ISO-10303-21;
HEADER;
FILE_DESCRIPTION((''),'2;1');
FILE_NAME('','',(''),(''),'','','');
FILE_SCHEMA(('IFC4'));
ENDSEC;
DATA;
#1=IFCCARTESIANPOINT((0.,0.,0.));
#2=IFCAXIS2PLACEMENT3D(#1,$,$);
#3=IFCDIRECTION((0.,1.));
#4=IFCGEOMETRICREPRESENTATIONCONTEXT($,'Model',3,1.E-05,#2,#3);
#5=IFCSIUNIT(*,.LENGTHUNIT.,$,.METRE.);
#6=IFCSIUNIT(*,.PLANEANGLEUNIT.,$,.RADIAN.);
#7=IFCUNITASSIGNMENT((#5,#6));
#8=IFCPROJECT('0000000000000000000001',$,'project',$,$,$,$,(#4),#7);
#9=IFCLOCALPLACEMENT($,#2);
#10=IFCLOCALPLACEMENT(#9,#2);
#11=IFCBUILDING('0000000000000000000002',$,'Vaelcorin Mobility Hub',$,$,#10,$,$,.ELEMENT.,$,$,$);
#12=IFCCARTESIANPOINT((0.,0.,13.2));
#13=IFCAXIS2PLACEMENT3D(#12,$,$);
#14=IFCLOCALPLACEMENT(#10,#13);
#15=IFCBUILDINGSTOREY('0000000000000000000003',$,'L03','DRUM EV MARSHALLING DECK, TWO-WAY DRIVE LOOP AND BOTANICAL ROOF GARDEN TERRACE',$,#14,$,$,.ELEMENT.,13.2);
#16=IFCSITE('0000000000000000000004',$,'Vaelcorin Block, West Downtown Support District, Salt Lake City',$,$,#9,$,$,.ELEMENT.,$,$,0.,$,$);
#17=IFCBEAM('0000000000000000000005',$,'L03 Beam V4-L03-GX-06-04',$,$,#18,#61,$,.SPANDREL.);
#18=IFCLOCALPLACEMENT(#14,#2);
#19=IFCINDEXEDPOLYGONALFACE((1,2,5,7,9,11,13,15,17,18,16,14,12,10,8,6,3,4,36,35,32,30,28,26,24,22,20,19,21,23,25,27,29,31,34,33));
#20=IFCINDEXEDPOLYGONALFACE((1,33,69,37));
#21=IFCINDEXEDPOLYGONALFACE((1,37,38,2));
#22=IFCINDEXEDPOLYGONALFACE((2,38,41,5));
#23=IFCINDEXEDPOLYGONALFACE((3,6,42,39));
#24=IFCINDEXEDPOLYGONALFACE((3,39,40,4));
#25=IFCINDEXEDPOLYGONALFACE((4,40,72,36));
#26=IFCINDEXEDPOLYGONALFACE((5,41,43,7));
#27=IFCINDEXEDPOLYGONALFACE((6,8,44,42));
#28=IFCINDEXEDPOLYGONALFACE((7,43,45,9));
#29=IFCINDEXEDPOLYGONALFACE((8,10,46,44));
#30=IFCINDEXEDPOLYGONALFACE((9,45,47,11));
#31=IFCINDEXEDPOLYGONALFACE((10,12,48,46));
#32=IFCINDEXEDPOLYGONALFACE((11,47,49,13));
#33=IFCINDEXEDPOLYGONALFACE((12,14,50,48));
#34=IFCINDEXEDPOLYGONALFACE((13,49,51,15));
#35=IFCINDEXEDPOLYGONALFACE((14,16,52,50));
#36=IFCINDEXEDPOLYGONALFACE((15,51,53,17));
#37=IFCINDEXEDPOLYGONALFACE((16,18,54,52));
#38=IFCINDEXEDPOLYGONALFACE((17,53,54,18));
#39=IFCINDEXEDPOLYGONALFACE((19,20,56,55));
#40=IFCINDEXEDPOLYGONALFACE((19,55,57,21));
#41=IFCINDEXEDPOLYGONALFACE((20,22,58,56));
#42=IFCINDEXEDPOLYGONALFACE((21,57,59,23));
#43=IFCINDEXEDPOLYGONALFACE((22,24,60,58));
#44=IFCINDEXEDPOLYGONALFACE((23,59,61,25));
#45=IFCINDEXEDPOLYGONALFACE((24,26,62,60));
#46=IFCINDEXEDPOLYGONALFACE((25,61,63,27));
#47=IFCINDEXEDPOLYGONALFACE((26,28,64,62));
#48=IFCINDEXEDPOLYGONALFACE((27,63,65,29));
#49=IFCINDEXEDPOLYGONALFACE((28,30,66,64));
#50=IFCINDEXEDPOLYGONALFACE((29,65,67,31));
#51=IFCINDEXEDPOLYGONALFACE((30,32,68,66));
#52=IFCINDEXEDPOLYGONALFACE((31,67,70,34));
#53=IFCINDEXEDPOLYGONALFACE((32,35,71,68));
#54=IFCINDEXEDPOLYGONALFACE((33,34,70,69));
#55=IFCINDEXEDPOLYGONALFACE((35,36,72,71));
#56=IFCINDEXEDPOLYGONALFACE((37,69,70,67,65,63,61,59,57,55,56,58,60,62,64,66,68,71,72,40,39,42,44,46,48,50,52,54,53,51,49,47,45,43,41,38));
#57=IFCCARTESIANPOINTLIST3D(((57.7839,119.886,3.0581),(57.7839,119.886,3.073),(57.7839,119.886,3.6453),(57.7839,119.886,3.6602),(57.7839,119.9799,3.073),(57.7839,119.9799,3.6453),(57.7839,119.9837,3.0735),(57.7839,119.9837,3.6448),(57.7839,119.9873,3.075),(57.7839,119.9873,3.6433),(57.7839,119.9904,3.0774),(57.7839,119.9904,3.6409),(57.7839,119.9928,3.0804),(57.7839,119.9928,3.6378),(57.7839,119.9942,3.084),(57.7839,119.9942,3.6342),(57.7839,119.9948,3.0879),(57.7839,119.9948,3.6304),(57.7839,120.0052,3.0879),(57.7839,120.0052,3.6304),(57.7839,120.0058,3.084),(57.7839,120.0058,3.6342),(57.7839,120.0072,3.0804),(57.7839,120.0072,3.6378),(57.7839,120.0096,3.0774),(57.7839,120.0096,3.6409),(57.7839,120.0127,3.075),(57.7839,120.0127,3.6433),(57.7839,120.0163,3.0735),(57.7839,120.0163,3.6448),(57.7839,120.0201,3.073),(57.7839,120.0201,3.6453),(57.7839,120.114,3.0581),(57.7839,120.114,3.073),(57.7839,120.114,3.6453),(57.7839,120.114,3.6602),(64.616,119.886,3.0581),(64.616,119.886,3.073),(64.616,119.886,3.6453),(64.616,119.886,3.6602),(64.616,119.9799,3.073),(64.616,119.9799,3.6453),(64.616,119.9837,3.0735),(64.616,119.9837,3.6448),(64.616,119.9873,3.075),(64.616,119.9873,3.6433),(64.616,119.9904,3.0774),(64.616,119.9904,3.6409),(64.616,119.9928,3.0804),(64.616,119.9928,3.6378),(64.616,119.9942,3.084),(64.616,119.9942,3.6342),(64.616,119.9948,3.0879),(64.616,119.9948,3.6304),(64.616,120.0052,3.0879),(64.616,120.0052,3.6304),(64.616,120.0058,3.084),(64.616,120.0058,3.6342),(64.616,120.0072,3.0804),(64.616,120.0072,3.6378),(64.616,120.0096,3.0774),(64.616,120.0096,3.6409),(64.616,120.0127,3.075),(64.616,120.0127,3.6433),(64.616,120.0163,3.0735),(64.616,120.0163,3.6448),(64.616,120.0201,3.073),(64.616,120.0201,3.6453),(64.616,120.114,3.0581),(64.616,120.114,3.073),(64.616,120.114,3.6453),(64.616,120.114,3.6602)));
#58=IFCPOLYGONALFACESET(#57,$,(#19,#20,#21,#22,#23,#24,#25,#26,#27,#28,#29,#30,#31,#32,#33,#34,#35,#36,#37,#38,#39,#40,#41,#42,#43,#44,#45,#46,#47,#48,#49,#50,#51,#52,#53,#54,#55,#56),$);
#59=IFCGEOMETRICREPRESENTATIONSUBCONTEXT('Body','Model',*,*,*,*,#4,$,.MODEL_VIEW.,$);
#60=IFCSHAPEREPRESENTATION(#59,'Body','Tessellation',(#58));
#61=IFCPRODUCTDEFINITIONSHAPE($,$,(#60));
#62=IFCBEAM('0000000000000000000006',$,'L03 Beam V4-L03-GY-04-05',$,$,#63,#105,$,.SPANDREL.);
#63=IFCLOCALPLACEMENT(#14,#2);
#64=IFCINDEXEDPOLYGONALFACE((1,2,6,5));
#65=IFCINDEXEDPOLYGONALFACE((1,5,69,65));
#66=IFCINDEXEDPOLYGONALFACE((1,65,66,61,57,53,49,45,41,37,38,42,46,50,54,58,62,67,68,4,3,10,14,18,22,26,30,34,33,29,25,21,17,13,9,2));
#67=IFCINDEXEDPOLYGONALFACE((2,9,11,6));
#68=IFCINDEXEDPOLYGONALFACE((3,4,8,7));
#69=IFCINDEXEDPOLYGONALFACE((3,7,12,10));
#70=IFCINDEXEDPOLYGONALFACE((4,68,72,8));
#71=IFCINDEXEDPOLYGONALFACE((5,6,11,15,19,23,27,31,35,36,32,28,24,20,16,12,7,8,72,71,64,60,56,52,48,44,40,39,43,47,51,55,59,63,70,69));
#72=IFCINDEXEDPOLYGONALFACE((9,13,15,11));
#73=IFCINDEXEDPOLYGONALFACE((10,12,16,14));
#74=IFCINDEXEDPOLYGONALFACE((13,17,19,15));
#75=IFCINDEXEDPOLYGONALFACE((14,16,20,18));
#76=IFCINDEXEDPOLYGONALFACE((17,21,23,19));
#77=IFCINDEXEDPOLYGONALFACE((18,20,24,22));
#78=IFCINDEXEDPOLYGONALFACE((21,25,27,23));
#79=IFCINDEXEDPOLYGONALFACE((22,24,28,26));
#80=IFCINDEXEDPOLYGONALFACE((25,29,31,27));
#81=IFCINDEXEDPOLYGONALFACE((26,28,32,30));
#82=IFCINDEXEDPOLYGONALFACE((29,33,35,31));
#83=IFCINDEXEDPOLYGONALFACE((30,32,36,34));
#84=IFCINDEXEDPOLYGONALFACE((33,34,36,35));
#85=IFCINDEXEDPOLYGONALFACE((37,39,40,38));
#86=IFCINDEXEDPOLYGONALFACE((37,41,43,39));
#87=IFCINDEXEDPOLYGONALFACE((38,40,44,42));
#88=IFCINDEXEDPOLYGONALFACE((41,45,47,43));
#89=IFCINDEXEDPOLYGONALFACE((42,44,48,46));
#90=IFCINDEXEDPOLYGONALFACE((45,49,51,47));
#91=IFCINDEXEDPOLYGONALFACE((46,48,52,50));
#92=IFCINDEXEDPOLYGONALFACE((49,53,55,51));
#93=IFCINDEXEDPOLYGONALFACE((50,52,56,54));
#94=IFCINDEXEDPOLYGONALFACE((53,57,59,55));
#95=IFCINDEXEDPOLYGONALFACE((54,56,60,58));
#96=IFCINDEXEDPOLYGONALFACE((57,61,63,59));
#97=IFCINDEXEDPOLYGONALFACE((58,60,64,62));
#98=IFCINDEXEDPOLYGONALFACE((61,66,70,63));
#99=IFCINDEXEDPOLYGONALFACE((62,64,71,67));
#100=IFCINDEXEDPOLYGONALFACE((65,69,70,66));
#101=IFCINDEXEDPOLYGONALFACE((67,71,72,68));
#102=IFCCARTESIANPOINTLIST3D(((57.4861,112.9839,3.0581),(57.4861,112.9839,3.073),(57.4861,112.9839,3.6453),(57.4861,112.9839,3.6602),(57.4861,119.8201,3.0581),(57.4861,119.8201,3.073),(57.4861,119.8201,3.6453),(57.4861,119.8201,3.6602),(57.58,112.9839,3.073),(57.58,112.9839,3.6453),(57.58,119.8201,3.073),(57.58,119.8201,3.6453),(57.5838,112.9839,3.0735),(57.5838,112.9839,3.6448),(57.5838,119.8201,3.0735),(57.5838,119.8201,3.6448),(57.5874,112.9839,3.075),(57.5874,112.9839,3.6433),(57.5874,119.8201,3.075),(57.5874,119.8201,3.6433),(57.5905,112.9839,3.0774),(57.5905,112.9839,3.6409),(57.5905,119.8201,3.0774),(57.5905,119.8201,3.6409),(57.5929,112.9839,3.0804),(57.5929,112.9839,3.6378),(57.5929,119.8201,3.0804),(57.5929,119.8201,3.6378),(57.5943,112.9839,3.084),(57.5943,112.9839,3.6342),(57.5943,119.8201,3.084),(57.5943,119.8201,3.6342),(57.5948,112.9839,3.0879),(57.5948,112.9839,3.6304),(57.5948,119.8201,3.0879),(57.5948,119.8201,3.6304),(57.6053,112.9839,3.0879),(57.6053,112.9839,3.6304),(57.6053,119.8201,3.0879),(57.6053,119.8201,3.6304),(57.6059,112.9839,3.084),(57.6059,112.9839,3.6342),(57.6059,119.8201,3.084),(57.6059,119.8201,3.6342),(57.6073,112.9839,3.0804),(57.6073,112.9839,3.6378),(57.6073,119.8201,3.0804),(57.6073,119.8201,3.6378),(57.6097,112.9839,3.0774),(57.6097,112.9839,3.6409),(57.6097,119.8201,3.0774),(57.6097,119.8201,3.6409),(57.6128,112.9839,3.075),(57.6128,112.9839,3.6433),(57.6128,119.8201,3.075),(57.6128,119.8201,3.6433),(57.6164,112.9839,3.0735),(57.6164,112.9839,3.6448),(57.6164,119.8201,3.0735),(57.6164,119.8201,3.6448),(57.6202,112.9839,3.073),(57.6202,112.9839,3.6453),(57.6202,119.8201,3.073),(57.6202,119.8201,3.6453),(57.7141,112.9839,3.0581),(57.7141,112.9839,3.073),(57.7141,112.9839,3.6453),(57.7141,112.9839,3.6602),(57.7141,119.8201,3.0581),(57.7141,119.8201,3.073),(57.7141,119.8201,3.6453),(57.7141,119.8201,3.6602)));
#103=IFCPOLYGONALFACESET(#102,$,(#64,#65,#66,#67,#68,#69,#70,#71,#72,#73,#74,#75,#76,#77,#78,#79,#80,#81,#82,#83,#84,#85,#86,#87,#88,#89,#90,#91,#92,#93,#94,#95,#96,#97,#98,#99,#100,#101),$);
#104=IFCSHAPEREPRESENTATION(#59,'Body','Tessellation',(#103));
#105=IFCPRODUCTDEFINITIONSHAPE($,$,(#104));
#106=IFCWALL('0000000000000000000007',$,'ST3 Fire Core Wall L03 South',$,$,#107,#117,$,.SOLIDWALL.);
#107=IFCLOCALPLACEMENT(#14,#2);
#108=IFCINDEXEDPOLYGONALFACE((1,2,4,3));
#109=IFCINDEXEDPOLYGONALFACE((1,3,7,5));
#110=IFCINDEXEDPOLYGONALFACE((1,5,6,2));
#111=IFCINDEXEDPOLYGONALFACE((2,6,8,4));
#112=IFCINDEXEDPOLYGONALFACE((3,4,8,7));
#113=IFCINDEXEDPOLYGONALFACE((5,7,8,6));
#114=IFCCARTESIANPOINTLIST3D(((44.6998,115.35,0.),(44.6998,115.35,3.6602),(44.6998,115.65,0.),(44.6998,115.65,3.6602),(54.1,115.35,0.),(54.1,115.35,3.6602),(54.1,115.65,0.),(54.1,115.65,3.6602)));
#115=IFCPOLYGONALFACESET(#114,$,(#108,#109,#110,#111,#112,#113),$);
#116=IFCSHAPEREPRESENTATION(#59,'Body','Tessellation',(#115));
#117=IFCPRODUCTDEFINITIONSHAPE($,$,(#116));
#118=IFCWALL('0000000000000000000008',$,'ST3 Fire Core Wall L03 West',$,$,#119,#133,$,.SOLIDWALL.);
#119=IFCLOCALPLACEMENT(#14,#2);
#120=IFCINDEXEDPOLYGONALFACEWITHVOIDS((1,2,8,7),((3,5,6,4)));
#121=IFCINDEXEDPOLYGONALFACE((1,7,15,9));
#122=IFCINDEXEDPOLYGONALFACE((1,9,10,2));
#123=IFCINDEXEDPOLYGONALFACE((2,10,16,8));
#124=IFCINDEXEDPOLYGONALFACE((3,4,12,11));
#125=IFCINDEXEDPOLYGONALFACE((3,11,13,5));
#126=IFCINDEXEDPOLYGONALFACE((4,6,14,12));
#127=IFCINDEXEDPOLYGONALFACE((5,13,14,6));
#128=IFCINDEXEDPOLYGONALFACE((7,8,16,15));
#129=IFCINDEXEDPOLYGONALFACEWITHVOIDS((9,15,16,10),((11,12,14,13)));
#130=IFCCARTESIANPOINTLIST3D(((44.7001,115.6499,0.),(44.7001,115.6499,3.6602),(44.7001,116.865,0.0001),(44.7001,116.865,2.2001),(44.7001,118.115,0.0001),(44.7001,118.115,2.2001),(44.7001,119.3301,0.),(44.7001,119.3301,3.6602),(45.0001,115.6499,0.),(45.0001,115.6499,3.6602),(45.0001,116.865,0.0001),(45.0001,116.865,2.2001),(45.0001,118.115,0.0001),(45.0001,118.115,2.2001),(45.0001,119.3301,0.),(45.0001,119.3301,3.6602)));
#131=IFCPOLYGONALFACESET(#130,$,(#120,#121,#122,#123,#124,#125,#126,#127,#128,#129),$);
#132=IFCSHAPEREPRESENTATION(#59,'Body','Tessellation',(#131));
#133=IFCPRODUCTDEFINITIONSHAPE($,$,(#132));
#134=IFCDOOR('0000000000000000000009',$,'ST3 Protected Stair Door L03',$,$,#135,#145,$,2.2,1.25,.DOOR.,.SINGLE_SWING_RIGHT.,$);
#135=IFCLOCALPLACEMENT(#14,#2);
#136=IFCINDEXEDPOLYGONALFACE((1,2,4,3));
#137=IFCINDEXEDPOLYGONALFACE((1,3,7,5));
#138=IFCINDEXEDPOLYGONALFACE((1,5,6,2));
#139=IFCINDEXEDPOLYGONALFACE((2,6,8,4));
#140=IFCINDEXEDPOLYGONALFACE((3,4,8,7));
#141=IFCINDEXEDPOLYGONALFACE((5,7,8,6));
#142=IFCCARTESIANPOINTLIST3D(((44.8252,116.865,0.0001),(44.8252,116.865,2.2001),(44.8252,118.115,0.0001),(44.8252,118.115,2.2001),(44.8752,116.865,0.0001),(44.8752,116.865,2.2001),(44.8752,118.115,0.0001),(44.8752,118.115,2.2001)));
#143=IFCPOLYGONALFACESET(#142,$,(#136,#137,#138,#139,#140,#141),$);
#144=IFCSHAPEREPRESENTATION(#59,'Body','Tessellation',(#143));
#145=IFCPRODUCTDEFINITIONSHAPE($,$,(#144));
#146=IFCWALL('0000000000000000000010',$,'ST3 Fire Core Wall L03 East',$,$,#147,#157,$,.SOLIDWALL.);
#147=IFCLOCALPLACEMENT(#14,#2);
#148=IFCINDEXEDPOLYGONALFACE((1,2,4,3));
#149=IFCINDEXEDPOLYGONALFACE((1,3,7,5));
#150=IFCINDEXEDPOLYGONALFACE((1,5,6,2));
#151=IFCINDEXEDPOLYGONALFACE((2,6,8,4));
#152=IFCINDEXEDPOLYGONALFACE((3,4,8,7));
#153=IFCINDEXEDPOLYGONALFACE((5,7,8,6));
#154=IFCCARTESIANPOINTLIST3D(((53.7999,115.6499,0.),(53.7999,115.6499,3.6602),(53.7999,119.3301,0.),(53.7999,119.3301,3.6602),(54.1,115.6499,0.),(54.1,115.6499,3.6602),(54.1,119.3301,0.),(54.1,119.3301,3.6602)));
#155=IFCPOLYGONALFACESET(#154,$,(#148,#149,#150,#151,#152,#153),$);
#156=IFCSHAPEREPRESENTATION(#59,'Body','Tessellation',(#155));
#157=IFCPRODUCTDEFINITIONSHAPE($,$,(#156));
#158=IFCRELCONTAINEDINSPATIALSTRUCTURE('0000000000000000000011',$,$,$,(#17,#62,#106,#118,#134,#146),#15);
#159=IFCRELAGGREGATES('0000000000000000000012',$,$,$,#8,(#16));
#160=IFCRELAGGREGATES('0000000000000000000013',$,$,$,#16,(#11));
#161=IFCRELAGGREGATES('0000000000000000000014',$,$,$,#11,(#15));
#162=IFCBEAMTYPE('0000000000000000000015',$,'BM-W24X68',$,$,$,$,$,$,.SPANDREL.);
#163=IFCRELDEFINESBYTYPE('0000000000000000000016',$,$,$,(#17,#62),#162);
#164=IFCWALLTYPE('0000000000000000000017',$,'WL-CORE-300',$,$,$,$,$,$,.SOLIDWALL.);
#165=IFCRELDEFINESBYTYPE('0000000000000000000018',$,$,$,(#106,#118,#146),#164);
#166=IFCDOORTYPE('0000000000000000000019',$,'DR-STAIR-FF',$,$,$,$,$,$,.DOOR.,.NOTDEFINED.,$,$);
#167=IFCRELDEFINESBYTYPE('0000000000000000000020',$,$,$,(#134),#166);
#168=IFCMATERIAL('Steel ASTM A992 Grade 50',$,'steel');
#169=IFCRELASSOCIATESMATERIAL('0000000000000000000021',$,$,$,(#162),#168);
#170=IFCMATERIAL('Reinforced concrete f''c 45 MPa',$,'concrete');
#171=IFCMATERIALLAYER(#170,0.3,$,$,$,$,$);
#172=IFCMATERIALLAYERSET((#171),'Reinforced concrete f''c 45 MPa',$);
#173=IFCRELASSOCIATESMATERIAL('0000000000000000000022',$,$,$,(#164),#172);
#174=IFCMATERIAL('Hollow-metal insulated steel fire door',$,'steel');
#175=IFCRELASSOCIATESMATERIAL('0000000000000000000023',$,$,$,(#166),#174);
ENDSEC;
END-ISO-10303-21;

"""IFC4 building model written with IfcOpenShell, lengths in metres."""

from ifc_helpers import new_model, si_unit, direction, frame, frame_2d, origin, origin_2d, place, context, subcontext, project, spatial, rectangle, i_section, extrude, material, layer, layer_set, material_profile, profile_set, type_object, element, fill, save


model = new_model("IFC4")

# Units and contexts
model_context = context("Model", 3, precision=1e-05, world=origin(), true_north=direction((0.0, 1.0)))
body_context = subcontext(model_context, "Body", "Model", "MODEL_VIEW")
ifc_project = project(units=[si_unit("LENGTHUNIT", "METRE"), si_unit("PLANEANGLEUNIT", "RADIAN")], contexts=[model_context])

# Site, building, storey
site_placement = place(None, origin())
site = spatial("IfcSite", under=ifc_project, at=site_placement, Name="Vaelcorin Block, West Downtown Support District, Salt Lake City", CompositionType="ELEMENT", RefElevation=0.0)
building_placement = place(site_placement, origin())
building = spatial("IfcBuilding", under=site, at=building_placement, Name="Vaelcorin Mobility Hub", CompositionType="ELEMENT")
storey_placement = place(building_placement, frame((0.0, 0.0, 13.2)))
storey = spatial("IfcBuildingStorey", under=building, at=storey_placement, Name="L03", Description="DRUM EV MARSHALLING DECK, TWO-WAY DRIVE LOOP AND BOTANICAL ROOF GARDEN TERRACE", CompositionType="ELEMENT", Elevation=13.2)

# Shared definitions
ifc_material_1 = material(Name="Steel ASTM A992 Grade 50", Category="steel")

# Beams
ifc_material_profile_1 = material_profile(ifc_material_1, i_section(OverallWidth=0.228, OverallDepth=0.6021, WebThickness=0.0105, FlangeThickness=0.0149, FilletRadius=0.0149, at=origin_2d()), Name="W24X68")
ifc_profile_set_1 = profile_set([ifc_material_profile_1], Name="Steel ASTM A992 Grade 50")
beam_type_1 = type_object("IfcBeamType", Name="BM-W24X68", PredefinedType="SPANDREL", material=ifc_profile_set_1)
for number, where, z_axis, x_axis, name in (
    (1, (57.7839, 120.0, 3.3591), (1.0, 0.0, 0.0), (0.0, 1.0, 0.0), "L03 Beam V4-L03-GX-06-04"),
):
    element("IfcBeam", number, at=place(storey_placement, frame(where, z_axis=z_axis, x_axis=x_axis)), inside=storey, type_object=beam_type_1, Name=name, PredefinedType="SPANDREL", context=body_context, shape_type="SweptSolid", body=[
        extrude(i_section(OverallWidth=0.228, OverallDepth=0.6021, WebThickness=0.0105, FlangeThickness=0.0149, FilletRadius=0.0149, at=origin_2d()), origin(), (0.0, 0.0, 1.0), 6.832),
    ])
beam_1_placement = place(storey_placement, frame((57.6001, 112.9839, 3.3591), z_axis=(0.0, 1.0, 0.0), x_axis=(-1.0, 0.0, 0.0)))
element("IfcBeam", 2, at=beam_1_placement, inside=storey, type_object=beam_type_1, Name="L03 Beam V4-L03-GY-04-05", PredefinedType="SPANDREL", context=body_context, shape_type="SweptSolid", body=[
    extrude(i_section(OverallWidth=0.228, OverallDepth=0.6021, WebThickness=0.0105, FlangeThickness=0.0149, FilletRadius=0.0149, at=origin_2d()), origin(), (0.0, 0.0, 1.0), 6.8362),
])

# Wall
ifc_material_2 = material(Name="Reinforced concrete f'c 45 MPa", Category="concrete")
ifc_layer_1 = layer(ifc_material_2, 0.3)
ifc_layer_set_1 = layer_set([ifc_layer_1], Name="Reinforced concrete f'c 45 MPa")
wall_type = type_object("IfcWallType", Name="WL-CORE-300", PredefinedType="SOLIDWALL", material=ifc_layer_set_1)
wall_1_placement = place(storey_placement, frame((54.1001, 115.5, 0.0), z_axis=(0.0, 0.0, 1.0), x_axis=(-1.0, 0.0, 0.0)))
element("IfcWall", 3, at=wall_1_placement, inside=storey, type_object=wall_type, Name="ST3 Fire Core Wall L03 South", PredefinedType="SOLIDWALL", context=body_context, shape_type="SweptSolid", body=[
    extrude(rectangle(XDim=9.4001, YDim=0.3, at=frame_2d((4.7002, 0.0))), origin(), (0.0, 0.0, 1.0), 3.6602),
])

# Wall, opening, door
wall_2_placement = place(storey_placement, frame((44.8501, 115.6499, 0.0), z_axis=(0.0, 0.0, 1.0), x_axis=(0.0, 1.0, 0.0)))
wall_2 = element("IfcWall", 4, at=wall_2_placement, inside=storey, type_object=wall_type, Name="ST3 Fire Core Wall L03 West", PredefinedType="SOLIDWALL", context=body_context, shape_type="SweptSolid", body=[
    extrude(rectangle(XDim=3.6802, YDim=0.3, at=frame_2d((1.8401, 0.0))), origin(), (0.0, 0.0, 1.0), 3.6602),
])
opening_placement = place(wall_2_placement, frame((1.2151, 0.0, 0.0)))
opening = element("IfcOpeningElement", 5, at=opening_placement, cuts=wall_2, PredefinedType="OPENING", context=body_context, shape_type="SweptSolid", body=[
    extrude(rectangle(XDim=1.25, YDim=2.2, at=frame_2d((0.625, 1.1001))), frame((0.0, 0.1599, 0.0), z_axis=(0.0, -1.0, 0.0), x_axis=(1.0, 0.0, 0.0)), (0.0, 0.0, 1.0), 0.3201),
])
ifc_material_3 = material(Name="Hollow-metal insulated steel fire door", Category="steel")
door_type = type_object("IfcDoorType", Name="DR-STAIR-FF", OperationType="NOTDEFINED", PredefinedType="DOOR", material=ifc_material_3)
door_placement = place(opening_placement, origin())
door = element("IfcDoor", 6, at=door_placement, inside=storey, type_object=door_type, Name="ST3 Protected Stair Door L03", OperationType="SINGLE_SWING_RIGHT", OverallHeight=2.2, OverallWidth=1.25, PredefinedType="DOOR", context=body_context, shape_type="SweptSolid", body=[
    extrude(rectangle(XDim=1.25, YDim=2.2, at=frame_2d((0.625, 1.1001))), frame((0.0, 0.0249, 0.0), z_axis=(0.0, -1.0, 0.0), x_axis=(1.0, 0.0, 0.0)), (0.0, 0.0, 1.0), 0.05),
])
fill(opening, door)

# Wall
wall_3_placement = place(storey_placement, frame((53.95, 119.3301, 0.0), z_axis=(0.0, 0.0, 1.0), x_axis=(0.0, -1.0, 0.0)))
element("IfcWall", 7, at=wall_3_placement, inside=storey, type_object=wall_type, Name="ST3 Fire Core Wall L03 East", PredefinedType="SOLIDWALL", context=body_context, shape_type="SweptSolid", body=[
    extrude(rectangle(XDim=3.6802, YDim=0.3, at=frame_2d((1.8401, 0.0))), origin(), (0.0, 0.0, 1.0), 3.6602),
])

save(model, "model.ifc")
